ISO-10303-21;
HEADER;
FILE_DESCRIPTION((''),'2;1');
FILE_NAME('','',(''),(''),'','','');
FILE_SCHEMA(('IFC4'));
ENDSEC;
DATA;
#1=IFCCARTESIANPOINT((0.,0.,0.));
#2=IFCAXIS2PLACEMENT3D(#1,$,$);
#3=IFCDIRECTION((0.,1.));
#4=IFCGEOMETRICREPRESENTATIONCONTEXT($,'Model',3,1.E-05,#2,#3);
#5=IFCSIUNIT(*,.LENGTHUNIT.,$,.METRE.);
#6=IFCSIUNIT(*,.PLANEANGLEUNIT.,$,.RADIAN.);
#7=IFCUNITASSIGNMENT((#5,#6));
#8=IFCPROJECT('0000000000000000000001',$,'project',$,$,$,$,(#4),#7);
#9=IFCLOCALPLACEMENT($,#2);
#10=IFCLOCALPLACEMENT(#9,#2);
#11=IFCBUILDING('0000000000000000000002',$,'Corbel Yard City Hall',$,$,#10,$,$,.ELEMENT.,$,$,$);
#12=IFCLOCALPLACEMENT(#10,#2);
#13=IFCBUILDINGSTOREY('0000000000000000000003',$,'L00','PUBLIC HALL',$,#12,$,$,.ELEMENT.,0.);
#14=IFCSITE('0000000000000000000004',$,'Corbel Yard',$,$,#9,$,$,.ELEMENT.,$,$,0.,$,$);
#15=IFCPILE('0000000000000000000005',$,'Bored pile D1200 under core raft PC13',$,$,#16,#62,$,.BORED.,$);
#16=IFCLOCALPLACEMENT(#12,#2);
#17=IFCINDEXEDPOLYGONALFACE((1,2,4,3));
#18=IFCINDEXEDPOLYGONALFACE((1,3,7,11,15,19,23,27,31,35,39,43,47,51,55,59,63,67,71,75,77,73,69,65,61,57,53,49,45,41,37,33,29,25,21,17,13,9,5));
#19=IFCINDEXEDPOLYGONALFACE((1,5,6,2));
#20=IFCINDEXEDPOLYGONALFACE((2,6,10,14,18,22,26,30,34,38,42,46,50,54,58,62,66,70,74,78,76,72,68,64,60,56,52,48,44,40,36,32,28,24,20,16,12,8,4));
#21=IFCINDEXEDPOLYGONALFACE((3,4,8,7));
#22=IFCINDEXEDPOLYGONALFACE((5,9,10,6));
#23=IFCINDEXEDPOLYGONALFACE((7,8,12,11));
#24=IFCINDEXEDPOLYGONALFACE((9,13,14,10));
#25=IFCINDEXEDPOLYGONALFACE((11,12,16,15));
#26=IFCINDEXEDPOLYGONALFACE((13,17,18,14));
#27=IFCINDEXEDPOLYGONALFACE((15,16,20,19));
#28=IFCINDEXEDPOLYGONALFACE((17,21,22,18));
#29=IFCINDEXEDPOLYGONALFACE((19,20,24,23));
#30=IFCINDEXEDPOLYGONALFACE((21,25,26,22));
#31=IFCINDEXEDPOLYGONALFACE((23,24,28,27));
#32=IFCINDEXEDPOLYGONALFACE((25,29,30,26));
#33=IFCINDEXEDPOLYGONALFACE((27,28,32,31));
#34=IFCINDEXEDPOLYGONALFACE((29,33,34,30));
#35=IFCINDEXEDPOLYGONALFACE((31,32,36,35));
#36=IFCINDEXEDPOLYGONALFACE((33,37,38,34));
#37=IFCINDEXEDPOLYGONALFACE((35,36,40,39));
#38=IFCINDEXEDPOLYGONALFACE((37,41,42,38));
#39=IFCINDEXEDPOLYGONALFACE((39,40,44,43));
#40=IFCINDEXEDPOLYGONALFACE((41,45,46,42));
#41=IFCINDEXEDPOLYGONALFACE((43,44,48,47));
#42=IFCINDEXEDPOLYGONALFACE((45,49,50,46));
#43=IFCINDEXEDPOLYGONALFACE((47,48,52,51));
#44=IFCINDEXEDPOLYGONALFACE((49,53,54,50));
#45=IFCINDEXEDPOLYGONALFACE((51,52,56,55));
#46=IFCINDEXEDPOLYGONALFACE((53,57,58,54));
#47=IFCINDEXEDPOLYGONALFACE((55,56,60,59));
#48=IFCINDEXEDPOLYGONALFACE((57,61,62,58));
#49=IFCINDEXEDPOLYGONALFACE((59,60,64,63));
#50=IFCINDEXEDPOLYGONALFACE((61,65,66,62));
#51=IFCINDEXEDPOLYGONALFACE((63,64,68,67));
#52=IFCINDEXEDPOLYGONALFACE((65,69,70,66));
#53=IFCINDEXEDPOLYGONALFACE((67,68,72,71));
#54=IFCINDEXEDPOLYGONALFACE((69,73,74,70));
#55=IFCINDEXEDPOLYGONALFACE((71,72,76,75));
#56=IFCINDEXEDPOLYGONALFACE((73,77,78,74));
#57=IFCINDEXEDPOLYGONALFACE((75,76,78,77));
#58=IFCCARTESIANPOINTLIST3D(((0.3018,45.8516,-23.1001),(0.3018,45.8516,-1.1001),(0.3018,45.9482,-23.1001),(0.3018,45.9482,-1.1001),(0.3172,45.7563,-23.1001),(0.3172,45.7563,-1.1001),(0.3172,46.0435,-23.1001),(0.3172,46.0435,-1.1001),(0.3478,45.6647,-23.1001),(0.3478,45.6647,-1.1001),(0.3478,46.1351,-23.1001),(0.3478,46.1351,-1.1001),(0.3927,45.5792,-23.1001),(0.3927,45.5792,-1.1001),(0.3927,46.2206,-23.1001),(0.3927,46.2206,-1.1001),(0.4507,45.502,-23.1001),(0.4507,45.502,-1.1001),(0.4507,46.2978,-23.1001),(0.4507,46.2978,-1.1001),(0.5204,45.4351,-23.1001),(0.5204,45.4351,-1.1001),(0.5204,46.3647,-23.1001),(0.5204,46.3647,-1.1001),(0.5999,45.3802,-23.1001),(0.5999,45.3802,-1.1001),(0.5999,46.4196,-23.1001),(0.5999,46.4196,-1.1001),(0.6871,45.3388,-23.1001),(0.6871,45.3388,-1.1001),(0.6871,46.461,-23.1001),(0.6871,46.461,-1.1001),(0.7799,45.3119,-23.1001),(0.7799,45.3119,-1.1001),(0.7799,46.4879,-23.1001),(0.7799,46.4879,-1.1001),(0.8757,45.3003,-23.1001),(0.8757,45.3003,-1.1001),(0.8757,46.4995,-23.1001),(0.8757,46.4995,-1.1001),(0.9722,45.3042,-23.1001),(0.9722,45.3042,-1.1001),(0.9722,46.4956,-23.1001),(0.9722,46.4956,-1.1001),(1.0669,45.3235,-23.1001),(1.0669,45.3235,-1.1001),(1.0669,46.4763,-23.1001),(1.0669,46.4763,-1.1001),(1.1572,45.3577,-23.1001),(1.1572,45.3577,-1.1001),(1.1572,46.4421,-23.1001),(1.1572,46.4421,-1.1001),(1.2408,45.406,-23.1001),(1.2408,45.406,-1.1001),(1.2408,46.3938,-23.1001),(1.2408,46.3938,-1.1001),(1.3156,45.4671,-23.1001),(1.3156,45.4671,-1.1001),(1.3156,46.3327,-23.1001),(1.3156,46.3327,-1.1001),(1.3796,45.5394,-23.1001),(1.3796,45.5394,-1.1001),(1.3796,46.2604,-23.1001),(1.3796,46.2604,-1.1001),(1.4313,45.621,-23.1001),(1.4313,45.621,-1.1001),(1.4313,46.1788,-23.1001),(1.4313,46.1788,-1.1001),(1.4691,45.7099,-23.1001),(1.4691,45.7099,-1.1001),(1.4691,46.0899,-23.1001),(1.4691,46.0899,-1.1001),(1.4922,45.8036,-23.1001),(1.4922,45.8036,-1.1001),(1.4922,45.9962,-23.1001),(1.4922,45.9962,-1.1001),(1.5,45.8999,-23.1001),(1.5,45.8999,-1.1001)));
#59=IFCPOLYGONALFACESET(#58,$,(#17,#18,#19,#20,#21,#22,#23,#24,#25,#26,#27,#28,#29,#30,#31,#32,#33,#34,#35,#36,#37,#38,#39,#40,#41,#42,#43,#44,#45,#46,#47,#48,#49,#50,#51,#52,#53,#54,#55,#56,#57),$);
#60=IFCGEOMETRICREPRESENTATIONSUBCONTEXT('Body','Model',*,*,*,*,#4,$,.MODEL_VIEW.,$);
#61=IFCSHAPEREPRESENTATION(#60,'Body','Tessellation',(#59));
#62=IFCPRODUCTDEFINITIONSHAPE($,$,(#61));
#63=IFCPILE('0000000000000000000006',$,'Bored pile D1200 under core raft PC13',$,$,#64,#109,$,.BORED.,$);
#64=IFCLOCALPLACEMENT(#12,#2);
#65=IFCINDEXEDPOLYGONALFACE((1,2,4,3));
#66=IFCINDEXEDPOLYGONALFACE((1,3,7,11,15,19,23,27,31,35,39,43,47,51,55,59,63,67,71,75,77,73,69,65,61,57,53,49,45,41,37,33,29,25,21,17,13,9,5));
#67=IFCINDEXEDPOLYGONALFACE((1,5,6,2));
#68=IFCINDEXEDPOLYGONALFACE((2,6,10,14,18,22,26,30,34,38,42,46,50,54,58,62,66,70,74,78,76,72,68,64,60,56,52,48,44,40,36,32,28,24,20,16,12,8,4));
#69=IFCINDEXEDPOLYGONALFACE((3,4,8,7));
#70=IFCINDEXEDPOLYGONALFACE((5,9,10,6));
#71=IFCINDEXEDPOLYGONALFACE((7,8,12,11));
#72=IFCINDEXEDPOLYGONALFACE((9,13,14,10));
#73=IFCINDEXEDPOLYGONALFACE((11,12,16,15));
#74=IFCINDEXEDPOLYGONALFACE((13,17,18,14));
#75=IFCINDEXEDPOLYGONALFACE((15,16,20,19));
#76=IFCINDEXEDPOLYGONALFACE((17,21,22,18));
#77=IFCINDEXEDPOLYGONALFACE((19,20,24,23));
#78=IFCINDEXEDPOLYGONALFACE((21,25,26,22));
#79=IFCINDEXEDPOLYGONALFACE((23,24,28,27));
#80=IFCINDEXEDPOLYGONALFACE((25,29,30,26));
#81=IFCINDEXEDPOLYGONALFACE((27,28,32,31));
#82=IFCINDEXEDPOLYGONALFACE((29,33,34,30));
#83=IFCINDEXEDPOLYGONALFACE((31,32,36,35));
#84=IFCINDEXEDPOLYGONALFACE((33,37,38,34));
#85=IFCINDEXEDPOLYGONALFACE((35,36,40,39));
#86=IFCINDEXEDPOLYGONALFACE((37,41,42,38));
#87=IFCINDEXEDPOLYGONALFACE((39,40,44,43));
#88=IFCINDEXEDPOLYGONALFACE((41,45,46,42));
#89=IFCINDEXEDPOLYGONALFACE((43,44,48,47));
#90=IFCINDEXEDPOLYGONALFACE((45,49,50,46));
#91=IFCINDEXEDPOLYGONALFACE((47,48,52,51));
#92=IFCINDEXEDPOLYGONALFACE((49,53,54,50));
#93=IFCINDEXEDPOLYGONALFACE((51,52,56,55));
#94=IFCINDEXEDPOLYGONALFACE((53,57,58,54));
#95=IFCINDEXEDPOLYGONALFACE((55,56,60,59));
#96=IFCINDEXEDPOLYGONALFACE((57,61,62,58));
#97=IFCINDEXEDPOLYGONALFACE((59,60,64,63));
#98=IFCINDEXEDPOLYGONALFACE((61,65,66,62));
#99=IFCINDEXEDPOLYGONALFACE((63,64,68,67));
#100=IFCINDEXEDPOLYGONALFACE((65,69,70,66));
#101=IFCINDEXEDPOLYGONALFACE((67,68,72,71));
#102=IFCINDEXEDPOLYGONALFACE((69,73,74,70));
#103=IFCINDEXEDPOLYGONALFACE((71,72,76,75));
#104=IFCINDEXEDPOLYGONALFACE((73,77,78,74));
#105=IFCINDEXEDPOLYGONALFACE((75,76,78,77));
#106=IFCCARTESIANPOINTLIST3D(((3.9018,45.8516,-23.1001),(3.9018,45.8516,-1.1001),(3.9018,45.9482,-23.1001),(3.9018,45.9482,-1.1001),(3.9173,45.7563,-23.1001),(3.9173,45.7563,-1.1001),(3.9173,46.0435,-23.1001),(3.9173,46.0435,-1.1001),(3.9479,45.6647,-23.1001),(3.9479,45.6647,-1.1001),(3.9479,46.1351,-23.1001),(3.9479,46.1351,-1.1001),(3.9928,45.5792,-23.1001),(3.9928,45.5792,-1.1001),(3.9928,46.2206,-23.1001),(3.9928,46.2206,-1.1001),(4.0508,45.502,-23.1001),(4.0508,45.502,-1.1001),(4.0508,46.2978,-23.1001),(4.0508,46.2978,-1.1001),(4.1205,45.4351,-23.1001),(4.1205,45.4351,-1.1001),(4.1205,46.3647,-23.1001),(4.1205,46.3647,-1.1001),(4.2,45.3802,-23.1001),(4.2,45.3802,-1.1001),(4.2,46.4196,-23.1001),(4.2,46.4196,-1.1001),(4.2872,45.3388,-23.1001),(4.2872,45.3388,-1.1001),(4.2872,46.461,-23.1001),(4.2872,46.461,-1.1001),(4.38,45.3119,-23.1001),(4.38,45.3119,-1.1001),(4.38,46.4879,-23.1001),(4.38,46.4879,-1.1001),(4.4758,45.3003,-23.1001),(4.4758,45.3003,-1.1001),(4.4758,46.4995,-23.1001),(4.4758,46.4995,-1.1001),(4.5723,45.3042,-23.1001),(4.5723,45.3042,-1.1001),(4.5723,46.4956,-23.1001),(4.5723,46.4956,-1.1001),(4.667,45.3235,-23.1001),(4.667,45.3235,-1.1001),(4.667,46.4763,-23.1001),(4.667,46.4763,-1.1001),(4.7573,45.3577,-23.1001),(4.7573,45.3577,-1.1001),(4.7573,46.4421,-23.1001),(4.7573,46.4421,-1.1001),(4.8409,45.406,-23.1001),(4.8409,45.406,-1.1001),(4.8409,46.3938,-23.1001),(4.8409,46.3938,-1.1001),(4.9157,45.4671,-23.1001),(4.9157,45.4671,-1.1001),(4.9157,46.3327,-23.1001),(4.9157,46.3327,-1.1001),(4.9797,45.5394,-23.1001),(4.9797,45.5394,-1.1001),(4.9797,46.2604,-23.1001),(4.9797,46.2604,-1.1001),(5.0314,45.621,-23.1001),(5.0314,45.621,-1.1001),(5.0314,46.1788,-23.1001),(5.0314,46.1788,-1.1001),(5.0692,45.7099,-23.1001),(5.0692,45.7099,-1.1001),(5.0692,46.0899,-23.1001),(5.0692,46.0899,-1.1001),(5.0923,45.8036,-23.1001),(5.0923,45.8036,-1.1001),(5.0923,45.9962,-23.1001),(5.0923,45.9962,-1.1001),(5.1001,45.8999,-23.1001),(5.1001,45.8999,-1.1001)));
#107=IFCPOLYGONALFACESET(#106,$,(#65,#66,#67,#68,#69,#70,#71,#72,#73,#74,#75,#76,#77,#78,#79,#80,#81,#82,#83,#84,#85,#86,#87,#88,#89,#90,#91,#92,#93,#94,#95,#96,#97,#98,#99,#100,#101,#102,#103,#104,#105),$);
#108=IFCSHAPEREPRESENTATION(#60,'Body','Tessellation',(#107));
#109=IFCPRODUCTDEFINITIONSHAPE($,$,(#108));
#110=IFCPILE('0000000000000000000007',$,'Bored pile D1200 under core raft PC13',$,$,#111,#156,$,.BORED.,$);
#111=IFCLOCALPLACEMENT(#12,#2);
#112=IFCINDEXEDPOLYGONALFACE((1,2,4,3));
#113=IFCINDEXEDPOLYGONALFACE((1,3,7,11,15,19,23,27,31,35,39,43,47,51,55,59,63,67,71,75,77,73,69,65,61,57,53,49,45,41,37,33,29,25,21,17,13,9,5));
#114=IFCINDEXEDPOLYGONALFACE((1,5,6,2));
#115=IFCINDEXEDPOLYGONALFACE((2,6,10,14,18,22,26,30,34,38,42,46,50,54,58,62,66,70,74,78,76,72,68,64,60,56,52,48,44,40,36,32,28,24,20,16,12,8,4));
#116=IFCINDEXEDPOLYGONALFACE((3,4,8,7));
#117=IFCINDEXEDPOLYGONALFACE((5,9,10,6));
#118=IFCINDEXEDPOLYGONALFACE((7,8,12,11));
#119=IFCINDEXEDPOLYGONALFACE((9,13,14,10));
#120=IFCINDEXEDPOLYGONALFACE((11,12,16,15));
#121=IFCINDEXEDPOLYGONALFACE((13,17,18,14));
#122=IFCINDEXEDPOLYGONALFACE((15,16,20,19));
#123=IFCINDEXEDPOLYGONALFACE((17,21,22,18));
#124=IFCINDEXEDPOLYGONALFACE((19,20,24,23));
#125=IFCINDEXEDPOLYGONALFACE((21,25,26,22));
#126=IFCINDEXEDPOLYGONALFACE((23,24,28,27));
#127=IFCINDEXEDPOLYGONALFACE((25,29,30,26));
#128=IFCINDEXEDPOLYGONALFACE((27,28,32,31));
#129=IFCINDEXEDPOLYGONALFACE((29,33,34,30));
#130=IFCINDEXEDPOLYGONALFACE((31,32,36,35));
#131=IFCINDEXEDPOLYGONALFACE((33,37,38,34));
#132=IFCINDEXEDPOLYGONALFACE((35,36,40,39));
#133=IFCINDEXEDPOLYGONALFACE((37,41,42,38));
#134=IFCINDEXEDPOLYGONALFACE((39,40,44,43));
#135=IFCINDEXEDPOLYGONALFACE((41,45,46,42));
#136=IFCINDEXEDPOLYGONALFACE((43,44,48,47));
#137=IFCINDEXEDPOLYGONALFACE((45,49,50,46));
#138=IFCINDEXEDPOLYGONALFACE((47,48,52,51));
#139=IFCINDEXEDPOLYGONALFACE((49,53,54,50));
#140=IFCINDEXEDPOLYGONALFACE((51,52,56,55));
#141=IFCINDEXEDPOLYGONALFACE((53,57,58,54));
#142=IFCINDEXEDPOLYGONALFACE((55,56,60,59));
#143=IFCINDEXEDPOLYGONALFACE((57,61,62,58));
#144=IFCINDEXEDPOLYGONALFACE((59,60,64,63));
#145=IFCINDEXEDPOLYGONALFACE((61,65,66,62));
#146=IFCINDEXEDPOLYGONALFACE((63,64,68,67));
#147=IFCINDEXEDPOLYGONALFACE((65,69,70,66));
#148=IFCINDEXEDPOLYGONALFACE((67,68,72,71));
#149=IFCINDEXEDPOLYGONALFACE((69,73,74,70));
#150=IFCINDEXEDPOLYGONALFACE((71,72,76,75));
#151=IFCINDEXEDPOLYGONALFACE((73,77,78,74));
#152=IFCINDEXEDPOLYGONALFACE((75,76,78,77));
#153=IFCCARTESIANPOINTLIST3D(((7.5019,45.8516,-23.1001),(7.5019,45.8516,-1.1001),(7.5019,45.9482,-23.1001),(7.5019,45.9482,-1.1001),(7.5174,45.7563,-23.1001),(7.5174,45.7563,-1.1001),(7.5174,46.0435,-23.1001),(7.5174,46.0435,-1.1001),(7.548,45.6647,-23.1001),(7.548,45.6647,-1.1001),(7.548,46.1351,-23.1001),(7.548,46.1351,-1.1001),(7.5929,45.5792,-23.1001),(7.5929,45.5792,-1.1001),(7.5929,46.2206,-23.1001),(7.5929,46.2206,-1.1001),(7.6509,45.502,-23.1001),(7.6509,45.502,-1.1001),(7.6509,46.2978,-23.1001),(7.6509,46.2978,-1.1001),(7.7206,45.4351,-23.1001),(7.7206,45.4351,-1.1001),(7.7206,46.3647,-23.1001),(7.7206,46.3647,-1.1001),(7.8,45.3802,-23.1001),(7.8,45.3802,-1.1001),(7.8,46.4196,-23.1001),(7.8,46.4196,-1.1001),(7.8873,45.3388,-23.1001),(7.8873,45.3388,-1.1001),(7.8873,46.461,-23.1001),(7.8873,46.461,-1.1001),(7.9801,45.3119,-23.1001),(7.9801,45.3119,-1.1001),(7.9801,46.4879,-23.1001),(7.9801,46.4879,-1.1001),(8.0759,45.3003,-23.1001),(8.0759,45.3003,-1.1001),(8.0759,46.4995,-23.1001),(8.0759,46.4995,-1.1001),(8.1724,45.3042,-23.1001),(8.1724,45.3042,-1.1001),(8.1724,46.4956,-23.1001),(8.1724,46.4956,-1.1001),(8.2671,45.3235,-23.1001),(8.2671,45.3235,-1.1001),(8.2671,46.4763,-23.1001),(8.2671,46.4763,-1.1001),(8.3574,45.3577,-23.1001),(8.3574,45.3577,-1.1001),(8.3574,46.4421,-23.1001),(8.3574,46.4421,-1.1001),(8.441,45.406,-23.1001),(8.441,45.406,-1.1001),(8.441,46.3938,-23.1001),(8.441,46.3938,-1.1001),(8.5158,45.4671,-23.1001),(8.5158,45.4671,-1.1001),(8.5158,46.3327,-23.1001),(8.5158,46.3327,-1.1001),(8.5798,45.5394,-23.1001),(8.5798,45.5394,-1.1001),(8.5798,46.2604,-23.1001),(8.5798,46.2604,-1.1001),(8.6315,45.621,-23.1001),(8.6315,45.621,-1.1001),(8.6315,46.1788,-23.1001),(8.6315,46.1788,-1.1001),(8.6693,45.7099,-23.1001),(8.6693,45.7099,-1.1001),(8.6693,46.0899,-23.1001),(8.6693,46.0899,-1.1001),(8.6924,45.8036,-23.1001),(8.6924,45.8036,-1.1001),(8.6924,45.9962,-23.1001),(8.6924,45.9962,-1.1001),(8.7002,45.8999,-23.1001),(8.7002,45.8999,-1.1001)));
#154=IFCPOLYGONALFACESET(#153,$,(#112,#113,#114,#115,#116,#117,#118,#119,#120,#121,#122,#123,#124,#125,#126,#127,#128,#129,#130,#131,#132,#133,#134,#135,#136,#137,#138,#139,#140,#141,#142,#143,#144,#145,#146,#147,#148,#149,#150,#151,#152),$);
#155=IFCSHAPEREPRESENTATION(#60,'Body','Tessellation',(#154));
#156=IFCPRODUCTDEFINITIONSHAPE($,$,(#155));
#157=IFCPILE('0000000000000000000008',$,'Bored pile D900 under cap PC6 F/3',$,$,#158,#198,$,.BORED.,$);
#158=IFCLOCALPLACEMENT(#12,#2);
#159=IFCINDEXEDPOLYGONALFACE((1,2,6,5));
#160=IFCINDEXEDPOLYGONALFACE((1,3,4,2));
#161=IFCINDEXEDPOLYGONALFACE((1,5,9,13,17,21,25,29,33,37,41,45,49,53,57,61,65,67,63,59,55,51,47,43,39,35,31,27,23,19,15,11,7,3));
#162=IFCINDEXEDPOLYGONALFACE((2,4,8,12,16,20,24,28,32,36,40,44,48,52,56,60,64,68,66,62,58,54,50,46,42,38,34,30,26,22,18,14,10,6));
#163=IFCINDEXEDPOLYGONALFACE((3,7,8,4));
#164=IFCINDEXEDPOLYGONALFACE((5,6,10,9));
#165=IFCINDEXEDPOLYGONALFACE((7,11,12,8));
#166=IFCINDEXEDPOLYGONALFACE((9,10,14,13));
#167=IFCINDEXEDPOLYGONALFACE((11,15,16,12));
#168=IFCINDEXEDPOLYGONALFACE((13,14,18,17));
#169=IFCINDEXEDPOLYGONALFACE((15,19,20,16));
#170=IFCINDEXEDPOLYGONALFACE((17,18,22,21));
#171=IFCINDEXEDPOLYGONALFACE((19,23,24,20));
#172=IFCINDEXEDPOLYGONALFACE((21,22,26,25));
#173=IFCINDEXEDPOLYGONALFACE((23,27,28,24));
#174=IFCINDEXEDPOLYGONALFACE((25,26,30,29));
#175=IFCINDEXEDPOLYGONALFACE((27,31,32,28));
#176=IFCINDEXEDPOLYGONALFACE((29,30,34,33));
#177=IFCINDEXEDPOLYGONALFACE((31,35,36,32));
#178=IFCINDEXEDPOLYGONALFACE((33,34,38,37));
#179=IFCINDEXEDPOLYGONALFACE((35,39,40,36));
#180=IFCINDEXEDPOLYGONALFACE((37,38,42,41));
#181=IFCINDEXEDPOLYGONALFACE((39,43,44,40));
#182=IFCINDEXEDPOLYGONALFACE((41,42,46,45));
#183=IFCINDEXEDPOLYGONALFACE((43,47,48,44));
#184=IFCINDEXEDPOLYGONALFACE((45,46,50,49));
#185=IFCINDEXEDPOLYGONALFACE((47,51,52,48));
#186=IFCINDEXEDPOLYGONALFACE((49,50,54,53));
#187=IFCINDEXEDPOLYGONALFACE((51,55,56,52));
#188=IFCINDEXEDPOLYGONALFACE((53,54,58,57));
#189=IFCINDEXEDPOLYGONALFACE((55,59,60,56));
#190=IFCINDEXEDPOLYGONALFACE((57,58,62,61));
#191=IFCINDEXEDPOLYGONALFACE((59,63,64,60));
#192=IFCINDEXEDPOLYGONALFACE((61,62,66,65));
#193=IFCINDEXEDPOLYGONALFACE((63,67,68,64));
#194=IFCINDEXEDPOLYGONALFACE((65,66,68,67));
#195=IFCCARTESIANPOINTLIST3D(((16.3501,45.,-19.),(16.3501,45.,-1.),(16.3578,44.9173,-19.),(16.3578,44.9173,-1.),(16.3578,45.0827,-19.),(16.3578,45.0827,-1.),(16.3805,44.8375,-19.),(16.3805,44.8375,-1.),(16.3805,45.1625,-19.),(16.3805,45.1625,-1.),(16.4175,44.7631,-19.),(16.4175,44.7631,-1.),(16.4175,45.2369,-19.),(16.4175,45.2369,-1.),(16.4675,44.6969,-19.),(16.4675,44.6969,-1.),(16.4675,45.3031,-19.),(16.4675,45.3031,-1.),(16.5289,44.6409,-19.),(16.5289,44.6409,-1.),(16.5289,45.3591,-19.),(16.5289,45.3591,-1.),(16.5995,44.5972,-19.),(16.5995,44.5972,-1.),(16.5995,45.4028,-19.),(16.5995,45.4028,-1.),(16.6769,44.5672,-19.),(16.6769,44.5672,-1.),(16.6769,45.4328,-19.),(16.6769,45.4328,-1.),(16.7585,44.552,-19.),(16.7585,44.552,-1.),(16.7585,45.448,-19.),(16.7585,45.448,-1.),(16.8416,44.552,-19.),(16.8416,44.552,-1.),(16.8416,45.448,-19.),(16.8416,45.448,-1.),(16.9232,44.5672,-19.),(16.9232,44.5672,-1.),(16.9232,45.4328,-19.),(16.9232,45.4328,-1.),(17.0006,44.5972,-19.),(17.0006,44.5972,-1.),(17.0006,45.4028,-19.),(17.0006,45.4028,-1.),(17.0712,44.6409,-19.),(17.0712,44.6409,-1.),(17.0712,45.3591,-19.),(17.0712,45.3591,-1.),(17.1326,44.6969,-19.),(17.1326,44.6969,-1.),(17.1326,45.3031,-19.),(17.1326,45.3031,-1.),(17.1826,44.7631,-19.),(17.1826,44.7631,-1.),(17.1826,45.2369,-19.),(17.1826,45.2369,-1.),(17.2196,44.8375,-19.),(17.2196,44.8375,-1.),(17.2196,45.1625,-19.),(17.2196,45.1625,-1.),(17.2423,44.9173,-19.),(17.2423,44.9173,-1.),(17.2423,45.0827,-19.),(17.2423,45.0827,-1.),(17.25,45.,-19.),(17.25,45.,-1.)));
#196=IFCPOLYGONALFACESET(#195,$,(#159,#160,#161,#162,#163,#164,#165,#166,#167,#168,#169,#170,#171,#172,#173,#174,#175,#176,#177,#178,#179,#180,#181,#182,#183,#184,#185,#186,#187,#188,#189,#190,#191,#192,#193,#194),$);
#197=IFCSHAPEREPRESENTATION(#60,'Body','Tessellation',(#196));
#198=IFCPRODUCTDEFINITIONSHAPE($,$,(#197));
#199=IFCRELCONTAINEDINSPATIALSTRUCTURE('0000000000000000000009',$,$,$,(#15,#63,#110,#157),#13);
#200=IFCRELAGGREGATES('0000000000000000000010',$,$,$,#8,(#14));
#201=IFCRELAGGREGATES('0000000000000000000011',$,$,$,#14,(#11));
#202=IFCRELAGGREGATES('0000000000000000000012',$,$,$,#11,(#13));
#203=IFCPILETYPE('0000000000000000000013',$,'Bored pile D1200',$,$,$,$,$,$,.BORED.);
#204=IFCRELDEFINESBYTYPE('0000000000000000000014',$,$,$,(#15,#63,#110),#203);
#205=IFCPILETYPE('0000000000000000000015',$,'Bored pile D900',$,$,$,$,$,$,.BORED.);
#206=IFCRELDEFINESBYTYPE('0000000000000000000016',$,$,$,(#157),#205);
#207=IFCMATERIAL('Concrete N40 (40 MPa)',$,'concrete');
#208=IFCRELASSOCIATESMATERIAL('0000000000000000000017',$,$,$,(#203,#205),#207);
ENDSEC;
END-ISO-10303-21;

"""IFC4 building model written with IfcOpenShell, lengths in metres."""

from ifc_helpers import new_model, si_unit, direction, frame, origin, origin_2d, place, context, subcontext, project, spatial, circle, extrude, material, material_profile, profile_set, type_object, element, save


model = new_model("IFC4")

# Units and contexts
model_context = context("Model", 3, precision=1e-05, world=origin(), true_north=direction((0.0, 1.0)))
body_context = subcontext(model_context, "Body", "Model", "MODEL_VIEW")
ifc_project = project(units=[si_unit("LENGTHUNIT", "METRE"), si_unit("PLANEANGLEUNIT", "RADIAN")], contexts=[model_context])

# Site, building, storey
site_placement = place(None, origin())
site = spatial("IfcSite", under=ifc_project, at=site_placement, Name="Corbel Yard", CompositionType="ELEMENT", RefElevation=0.0)
building_placement = place(site_placement, origin())
building = spatial("IfcBuilding", under=site, at=building_placement, Name="Corbel Yard City Hall", CompositionType="ELEMENT")
storey_placement = place(building_placement, origin())
storey = spatial("IfcBuildingStorey", under=building, at=storey_placement, Name="L00", Description="PUBLIC HALL", CompositionType="ELEMENT", Elevation=0.0)

# Piles
ifc_material_1 = material(Name="Concrete N40 (40 MPa)", Category="concrete")
ifc_material_profile_1 = material_profile(ifc_material_1, circle(Radius=0.6001, at=origin_2d()), Name="D1200")
ifc_profile_set_1 = profile_set([ifc_material_profile_1], Name="Concrete N40 (40 MPa)")
pile_type_1 = type_object("IfcPileType", Name="Bored pile D1200", PredefinedType="BORED", material=ifc_profile_set_1)
for number, where, z_axis, x_axis, name in (
    (1, (0.8999, 45.8999, -1.1001), (0.0, 0.0, -1.0), (1.0, 0.0, 0.0), "Bored pile D1200 under core raft PC13"),
    (2, (4.5, 45.8999, -1.1001), (0.0, 0.0, -1.0), (1.0, 0.0, 0.0), "Bored pile D1200 under core raft PC13"),
    (3, (8.1001, 45.8999, -1.1001), (0.0, 0.0, -1.0), (1.0, 0.0, 0.0), "Bored pile D1200 under core raft PC13"),
):
    element("IfcPile", number, at=place(storey_placement, frame(where, z_axis=z_axis, x_axis=x_axis)), inside=storey, type_object=pile_type_1, Name=name, PredefinedType="BORED", context=body_context, shape_type="SweptSolid", body=[
        extrude(circle(Radius=0.6001, at=origin_2d()), origin(), (0.0, 0.0, 1.0), 22.0),
    ])
ifc_material_profile_2 = material_profile(ifc_material_1, circle(Radius=0.45, at=origin_2d()), Name="D900")
ifc_profile_set_2 = profile_set([ifc_material_profile_2], Name="Concrete N40 (40 MPa)")
pile_type_2 = type_object("IfcPileType", Name="Bored pile D900", PredefinedType="BORED", material=ifc_profile_set_2)
pile_placement = place(storey_placement, frame((16.8, 45.0, -1.0), z_axis=(0.0, 0.0, -1.0), x_axis=(1.0, 0.0, 0.0)))
element("IfcPile", 4, at=pile_placement, inside=storey, type_object=pile_type_2, Name="Bored pile D900 under cap PC6 F/3", PredefinedType="BORED", context=body_context, shape_type="SweptSolid", body=[
    extrude(circle(Radius=0.45, at=origin_2d()), origin(), (0.0, 0.0, 1.0), 18.0),
])

save(model, "model.ifc")
